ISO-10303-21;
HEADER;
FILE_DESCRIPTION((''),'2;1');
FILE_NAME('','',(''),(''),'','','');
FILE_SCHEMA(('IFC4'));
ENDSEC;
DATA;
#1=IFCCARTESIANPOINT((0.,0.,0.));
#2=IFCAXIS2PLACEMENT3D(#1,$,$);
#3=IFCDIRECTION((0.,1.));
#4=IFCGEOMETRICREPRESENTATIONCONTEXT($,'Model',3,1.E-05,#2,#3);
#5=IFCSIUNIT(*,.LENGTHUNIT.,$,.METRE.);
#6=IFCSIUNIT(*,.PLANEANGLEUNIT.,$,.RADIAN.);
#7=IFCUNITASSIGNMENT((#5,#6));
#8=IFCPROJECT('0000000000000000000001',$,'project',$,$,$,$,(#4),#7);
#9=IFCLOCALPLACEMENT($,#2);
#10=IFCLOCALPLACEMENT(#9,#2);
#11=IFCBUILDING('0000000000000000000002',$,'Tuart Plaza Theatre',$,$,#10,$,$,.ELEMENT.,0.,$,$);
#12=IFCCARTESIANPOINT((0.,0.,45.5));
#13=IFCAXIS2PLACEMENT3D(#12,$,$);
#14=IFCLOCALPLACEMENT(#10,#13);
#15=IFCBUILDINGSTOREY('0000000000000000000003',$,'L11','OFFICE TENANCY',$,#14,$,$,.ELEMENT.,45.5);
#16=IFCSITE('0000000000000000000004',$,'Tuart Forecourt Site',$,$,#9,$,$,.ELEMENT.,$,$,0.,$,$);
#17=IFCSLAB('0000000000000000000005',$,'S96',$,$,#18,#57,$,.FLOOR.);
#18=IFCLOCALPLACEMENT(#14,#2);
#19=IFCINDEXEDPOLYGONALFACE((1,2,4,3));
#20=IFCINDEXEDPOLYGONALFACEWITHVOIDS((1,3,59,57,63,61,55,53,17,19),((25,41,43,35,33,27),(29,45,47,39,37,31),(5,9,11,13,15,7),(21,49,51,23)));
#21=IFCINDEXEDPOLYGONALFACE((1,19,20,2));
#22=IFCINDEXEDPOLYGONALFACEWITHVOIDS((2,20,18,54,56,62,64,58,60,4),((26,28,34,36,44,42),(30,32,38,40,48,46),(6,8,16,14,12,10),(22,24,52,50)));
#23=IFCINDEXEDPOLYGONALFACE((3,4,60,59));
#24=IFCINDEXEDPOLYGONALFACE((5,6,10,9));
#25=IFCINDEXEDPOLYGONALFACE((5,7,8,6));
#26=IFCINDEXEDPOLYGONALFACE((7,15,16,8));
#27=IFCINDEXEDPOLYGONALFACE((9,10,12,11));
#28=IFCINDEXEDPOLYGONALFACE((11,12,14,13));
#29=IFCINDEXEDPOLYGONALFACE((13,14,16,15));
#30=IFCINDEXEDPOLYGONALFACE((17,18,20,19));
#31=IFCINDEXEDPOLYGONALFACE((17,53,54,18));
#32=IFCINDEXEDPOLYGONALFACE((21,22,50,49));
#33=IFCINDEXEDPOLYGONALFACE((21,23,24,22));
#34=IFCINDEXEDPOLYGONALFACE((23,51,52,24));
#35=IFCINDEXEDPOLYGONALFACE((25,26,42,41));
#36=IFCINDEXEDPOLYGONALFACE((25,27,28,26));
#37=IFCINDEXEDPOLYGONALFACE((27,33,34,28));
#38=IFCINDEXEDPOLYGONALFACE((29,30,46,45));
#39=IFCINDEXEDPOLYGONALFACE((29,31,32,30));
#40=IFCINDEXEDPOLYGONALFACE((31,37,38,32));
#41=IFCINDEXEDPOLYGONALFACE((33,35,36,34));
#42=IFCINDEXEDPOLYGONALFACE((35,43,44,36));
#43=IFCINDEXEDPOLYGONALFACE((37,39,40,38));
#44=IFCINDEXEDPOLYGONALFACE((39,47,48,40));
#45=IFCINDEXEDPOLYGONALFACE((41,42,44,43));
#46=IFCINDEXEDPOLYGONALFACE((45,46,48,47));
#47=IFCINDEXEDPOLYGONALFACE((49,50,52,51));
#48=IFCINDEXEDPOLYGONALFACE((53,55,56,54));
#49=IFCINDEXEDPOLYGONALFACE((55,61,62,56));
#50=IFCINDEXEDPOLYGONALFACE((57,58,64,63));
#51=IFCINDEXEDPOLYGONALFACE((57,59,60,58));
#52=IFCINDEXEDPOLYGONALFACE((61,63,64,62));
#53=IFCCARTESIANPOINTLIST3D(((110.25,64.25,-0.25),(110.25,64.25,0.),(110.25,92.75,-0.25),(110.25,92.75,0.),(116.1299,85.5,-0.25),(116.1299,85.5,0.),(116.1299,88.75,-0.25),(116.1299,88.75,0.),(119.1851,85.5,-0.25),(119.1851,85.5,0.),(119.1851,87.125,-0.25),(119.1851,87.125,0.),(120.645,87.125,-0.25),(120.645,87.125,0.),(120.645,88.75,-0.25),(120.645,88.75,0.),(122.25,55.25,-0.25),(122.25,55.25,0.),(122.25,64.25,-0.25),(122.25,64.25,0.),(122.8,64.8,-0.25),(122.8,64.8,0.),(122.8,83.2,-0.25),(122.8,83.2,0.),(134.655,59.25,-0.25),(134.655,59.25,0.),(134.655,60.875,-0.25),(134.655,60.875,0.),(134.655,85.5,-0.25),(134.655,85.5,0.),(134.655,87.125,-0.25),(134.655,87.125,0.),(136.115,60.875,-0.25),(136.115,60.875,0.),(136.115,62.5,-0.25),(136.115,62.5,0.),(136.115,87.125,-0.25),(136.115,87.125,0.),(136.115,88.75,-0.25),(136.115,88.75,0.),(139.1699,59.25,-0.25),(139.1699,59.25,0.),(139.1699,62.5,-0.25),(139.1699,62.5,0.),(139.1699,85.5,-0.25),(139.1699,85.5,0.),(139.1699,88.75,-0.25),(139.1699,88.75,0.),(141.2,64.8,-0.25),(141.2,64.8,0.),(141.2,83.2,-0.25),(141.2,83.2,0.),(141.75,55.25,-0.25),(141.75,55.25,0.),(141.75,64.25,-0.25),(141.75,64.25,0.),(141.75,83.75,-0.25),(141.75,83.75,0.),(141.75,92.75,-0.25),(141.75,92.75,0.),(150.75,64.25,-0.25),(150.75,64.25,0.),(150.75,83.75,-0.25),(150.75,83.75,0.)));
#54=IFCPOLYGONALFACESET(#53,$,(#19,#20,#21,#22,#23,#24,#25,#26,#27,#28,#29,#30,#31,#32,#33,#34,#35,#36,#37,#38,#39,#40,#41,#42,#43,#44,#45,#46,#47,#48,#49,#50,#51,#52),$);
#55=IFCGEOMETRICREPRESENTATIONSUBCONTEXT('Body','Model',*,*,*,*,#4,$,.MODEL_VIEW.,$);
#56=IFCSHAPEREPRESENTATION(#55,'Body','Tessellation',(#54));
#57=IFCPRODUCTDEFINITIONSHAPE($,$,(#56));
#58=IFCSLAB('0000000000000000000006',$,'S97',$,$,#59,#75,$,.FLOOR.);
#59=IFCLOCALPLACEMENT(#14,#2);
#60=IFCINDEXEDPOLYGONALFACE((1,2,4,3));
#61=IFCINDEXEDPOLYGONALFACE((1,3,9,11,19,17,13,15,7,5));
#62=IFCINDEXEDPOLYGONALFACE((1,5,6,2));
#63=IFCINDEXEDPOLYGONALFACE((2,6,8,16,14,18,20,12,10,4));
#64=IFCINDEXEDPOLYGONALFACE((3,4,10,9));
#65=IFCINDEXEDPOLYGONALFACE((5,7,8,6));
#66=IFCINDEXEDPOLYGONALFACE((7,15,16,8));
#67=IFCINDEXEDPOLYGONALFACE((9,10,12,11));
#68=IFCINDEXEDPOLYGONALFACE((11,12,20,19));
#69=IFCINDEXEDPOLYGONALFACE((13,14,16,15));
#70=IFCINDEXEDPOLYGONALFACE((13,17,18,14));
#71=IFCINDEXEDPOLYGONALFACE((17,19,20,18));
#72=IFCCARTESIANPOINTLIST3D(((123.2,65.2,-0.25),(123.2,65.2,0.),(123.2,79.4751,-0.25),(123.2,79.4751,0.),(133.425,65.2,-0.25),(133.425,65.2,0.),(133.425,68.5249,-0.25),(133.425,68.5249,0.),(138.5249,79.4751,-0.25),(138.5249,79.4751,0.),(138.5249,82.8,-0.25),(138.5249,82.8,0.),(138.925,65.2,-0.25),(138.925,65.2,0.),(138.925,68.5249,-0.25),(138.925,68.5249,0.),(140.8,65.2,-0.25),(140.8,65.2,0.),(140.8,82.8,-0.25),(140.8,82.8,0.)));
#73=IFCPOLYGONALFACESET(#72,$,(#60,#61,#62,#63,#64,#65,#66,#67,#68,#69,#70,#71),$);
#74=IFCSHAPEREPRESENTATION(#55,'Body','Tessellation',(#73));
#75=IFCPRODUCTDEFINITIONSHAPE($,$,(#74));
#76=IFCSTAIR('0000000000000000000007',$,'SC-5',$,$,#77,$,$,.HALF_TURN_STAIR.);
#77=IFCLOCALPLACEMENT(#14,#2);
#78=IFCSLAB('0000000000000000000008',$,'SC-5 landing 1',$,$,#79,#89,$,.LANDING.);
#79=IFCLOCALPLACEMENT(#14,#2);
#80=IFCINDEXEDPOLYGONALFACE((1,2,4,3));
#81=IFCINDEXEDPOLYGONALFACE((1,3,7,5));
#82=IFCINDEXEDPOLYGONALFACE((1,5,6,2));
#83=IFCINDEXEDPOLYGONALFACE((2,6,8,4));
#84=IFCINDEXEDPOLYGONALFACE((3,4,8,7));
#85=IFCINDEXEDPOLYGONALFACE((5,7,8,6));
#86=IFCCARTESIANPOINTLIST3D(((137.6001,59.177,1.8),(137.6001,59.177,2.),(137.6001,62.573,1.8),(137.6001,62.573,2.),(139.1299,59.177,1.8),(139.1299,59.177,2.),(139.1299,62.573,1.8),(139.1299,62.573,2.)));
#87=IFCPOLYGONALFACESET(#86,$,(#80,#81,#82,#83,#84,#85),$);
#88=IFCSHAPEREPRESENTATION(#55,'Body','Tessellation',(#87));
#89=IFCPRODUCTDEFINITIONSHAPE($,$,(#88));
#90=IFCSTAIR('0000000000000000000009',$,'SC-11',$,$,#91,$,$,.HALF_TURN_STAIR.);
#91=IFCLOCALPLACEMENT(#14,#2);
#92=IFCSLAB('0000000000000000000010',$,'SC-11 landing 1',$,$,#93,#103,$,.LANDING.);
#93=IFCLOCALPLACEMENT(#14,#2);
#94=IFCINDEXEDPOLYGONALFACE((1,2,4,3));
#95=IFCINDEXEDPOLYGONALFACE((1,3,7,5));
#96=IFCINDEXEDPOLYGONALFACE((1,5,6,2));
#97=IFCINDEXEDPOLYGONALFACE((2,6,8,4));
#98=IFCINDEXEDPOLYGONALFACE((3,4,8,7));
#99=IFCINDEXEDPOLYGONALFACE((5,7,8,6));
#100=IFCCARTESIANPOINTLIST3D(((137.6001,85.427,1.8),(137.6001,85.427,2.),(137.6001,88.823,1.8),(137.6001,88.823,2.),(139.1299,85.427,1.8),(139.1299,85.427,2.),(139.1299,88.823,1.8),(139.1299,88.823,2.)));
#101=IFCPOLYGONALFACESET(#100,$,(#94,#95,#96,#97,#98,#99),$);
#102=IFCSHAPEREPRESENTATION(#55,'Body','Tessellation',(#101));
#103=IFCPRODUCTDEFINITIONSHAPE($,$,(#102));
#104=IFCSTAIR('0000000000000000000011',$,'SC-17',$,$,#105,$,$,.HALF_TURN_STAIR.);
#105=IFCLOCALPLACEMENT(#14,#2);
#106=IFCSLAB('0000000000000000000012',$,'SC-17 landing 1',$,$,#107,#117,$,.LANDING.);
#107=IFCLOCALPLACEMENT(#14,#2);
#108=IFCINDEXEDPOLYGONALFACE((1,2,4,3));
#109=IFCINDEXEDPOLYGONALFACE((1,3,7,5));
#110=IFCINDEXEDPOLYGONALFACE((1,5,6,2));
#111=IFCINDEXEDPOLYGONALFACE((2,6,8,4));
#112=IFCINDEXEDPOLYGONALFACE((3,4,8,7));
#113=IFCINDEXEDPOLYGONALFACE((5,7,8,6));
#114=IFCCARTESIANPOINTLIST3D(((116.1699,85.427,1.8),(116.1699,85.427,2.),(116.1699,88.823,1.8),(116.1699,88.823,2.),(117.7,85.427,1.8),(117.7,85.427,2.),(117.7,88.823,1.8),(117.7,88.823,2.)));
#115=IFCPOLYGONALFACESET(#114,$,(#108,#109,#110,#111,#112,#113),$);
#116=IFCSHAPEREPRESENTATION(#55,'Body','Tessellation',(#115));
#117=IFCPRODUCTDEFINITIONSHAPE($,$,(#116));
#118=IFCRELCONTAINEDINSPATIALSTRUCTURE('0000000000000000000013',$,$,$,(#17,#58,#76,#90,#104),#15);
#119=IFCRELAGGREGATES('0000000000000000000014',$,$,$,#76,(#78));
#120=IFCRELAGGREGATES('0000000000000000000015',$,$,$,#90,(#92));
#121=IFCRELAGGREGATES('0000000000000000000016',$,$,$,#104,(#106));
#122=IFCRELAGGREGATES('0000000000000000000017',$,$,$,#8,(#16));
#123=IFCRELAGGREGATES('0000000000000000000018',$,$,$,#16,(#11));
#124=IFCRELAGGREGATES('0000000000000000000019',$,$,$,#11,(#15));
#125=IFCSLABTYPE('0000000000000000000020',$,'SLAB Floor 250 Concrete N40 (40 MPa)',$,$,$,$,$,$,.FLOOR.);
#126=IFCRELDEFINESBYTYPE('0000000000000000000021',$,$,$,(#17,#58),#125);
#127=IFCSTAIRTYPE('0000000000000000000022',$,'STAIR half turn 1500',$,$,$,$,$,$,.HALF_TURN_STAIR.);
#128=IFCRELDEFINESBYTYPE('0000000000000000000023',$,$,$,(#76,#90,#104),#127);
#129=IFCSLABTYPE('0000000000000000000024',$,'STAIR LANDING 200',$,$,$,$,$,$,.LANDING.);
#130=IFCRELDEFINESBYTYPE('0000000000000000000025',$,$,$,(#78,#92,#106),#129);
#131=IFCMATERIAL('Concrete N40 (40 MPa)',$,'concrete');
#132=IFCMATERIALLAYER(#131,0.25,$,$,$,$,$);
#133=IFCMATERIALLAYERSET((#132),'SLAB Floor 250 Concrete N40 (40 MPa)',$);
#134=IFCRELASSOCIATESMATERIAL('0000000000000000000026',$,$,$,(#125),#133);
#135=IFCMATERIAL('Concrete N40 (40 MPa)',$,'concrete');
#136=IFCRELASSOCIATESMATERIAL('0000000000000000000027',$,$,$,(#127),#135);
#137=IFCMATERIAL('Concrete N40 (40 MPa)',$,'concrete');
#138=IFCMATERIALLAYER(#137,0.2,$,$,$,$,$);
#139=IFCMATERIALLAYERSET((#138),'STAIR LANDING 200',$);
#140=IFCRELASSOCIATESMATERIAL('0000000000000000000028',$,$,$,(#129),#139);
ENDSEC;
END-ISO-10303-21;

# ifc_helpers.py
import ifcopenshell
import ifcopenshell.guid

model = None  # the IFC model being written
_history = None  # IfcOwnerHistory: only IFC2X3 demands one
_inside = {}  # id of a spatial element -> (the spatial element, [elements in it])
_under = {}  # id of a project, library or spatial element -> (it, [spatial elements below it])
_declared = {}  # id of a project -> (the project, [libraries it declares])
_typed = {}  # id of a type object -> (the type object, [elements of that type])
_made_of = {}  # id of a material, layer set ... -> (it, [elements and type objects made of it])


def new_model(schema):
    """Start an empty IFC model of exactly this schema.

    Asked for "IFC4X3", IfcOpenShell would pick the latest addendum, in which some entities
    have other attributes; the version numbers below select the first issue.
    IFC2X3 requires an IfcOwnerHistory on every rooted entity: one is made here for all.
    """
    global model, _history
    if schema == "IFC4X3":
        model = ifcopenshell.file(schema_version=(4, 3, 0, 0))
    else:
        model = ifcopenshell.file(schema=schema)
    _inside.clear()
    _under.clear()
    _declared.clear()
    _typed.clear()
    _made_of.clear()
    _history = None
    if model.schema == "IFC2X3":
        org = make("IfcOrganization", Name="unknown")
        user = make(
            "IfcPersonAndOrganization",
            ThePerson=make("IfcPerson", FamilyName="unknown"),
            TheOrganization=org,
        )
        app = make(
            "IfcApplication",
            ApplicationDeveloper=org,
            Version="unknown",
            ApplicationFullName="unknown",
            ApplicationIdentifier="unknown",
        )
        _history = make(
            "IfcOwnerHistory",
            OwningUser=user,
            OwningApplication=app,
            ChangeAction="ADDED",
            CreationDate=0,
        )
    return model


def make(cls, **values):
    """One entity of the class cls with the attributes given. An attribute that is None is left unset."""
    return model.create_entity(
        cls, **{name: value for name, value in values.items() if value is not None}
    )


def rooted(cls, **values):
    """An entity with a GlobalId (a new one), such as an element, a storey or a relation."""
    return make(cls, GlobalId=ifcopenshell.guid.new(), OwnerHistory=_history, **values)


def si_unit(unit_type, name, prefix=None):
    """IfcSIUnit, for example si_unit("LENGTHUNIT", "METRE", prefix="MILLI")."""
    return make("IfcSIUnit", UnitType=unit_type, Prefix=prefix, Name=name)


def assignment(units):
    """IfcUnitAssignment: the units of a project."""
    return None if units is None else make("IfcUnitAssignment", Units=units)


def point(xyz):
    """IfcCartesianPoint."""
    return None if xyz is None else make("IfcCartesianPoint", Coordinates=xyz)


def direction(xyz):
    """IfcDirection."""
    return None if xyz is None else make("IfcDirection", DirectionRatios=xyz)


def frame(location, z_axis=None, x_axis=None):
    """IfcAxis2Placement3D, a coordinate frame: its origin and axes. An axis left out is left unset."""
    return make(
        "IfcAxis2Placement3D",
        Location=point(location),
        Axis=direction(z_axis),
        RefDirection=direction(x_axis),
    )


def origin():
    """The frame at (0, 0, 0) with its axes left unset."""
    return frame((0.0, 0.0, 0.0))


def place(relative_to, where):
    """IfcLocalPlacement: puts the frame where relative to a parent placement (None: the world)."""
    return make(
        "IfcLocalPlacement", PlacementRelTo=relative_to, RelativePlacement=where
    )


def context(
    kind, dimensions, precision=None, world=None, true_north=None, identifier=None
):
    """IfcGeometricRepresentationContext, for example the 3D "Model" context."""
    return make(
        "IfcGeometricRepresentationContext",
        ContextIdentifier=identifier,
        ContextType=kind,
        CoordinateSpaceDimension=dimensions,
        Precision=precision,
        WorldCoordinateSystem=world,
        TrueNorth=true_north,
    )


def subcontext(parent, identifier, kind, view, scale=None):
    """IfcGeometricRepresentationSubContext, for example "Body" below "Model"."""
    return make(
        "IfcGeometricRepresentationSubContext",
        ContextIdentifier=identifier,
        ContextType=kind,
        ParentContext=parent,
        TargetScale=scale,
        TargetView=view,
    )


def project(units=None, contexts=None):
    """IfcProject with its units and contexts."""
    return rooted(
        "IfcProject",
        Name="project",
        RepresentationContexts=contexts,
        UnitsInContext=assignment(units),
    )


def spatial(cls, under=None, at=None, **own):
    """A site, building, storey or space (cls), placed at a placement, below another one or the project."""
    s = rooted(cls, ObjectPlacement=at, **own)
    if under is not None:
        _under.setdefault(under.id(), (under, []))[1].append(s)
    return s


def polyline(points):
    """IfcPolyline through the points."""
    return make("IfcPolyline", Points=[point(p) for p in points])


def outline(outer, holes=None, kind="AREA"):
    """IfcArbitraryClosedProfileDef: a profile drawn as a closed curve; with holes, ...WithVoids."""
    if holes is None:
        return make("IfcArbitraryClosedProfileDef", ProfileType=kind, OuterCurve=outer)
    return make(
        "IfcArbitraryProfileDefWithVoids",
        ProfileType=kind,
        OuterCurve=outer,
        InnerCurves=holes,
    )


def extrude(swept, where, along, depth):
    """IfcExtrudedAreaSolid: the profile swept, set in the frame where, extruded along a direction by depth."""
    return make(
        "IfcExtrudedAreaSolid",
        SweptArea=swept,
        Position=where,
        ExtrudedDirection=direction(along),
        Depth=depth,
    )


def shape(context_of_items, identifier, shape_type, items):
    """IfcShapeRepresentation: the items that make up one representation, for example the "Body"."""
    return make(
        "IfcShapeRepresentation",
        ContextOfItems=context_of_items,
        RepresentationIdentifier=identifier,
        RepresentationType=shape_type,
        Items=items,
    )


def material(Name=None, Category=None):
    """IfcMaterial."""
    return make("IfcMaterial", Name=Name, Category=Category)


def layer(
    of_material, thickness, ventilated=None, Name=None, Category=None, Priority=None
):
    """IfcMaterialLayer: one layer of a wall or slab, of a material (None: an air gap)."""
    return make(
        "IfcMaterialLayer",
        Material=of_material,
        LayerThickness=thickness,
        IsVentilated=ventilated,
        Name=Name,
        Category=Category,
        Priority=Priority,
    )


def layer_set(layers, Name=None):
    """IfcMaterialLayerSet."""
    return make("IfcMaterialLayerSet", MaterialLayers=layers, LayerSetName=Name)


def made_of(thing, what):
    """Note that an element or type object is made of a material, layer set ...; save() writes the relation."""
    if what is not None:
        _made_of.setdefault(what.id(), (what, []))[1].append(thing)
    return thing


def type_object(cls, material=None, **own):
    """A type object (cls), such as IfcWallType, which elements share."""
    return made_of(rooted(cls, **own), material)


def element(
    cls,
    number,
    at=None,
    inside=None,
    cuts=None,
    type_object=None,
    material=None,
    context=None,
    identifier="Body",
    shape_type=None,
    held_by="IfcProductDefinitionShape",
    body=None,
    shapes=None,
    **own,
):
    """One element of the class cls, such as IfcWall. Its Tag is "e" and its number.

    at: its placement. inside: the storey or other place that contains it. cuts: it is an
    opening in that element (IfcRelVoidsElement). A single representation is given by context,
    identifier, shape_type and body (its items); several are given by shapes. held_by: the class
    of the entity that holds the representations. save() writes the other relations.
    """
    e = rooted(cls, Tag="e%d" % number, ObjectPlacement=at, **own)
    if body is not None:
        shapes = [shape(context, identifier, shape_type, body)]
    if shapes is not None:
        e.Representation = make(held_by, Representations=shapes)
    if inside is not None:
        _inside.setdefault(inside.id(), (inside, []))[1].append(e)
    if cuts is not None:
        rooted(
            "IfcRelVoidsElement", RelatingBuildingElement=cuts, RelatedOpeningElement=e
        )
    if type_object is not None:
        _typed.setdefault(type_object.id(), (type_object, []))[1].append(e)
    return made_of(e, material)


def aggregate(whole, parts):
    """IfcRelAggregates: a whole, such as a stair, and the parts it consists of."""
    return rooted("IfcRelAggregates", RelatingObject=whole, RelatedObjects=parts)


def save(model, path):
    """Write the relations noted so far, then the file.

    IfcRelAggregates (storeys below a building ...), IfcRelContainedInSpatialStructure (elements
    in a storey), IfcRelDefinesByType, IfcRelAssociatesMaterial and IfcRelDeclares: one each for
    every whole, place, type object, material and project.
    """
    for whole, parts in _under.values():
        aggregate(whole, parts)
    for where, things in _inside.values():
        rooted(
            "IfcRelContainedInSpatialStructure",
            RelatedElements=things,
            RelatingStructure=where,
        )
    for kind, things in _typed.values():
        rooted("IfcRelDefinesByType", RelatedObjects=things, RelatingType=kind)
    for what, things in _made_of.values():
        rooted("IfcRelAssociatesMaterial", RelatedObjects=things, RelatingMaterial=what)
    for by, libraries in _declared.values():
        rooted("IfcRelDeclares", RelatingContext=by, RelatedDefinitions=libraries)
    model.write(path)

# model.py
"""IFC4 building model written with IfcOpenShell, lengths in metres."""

from ifc_helpers import new_model, si_unit, direction, frame, origin, place, context, subcontext, project, spatial, polyline, outline, extrude, material, layer, layer_set, type_object, element, aggregate, save


model = new_model("IFC4")

# Units and contexts
model_context = context("Model", 3, precision=1e-05, world=origin(), true_north=direction((0.0, 1.0)))
body_context = subcontext(model_context, "Body", "Model", "MODEL_VIEW")
ifc_project = project(units=[si_unit("LENGTHUNIT", "METRE"), si_unit("PLANEANGLEUNIT", "RADIAN")], contexts=[model_context])

# Site, building, storey
site_placement = place(None, origin())
site = spatial("IfcSite", under=ifc_project, at=site_placement, Name="Tuart Forecourt Site", CompositionType="ELEMENT", RefElevation=0.0)
building_placement = place(site_placement, origin())
building = spatial("IfcBuilding", under=site, at=building_placement, Name="Tuart Plaza Theatre", CompositionType="ELEMENT", ElevationOfRefHeight=0.0)
storey_placement = place(building_placement, frame((0.0, 0.0, 45.5)))
storey = spatial("IfcBuildingStorey", under=building, at=storey_placement, Name="L11", Description="OFFICE TENANCY", CompositionType="ELEMENT", Elevation=45.5)

# Slabs
ifc_material_1 = material(Name="Concrete N40 (40 MPa)", Category="concrete")
ifc_layer_1 = layer(ifc_material_1, 0.25)
ifc_layer_set_1 = layer_set([ifc_layer_1], Name="SLAB Floor 250 Concrete N40 (40 MPa)")
slab_type_1 = type_object("IfcSlabType", Name="SLAB Floor 250 Concrete N40 (40 MPa)", PredefinedType="FLOOR", material=ifc_layer_set_1)
slab_1_placement = place(storey_placement, frame((0.0, 0.0, -0.25)))
element("IfcSlab", 1, at=slab_1_placement, inside=storey, type_object=slab_type_1, Name="S96", PredefinedType="FLOOR", context=body_context, shape_type="SweptSolid", body=[
    extrude(outline(polyline([(141.75, 92.75), (110.25, 92.75), (110.25, 64.25), (122.25, 64.25), (122.25, 55.25), (141.75, 55.25), (141.75, 64.25), (150.75, 64.25), (150.75, 83.75), (141.75, 83.75), (141.75, 92.75)]), holes=[polyline([(141.2, 64.8), (141.2, 83.2), (122.8, 83.2), (122.8, 64.8), (141.2, 64.8)]), polyline([(136.115, 62.5), (136.115, 60.875), (134.655, 60.875), (134.655, 59.25), (139.1699, 59.25), (139.1699, 62.5), (136.115, 62.5)]), polyline([(139.1699, 88.75), (136.115, 88.75), (136.115, 87.125), (134.655, 87.125), (134.655, 85.5), (139.1699, 85.5), (139.1699, 88.75)]), polyline([(116.1299, 88.75), (116.1299, 85.5), (119.1851, 85.5), (119.1851, 87.125), (120.645, 87.125), (120.645, 88.75), (116.1299, 88.75)])]), origin(), (0.0, 0.0, 1.0), 0.25),
])
slab_2_placement = place(storey_placement, frame((0.0, 0.0, -0.25)))
element("IfcSlab", 2, at=slab_2_placement, inside=storey, type_object=slab_type_1, Name="S97", PredefinedType="FLOOR", context=body_context, shape_type="SweptSolid", body=[
    extrude(outline(polyline([(123.2, 65.2), (133.425, 65.2), (133.425, 68.5249), (138.925, 68.5249), (138.925, 65.2), (140.8, 65.2), (140.8, 82.8), (138.5249, 82.8), (138.5249, 79.4751), (123.2, 79.4751), (123.2, 65.2)])), origin(), (0.0, 0.0, 1.0), 0.25),
])

# Stairs, slabs
ifc_material_2 = material(Name="Concrete N40 (40 MPa)", Category="concrete")
stair_type = type_object("IfcStairType", Name="STAIR half turn 1500", PredefinedType="HALF_TURN_STAIR", material=ifc_material_2)
stair_1_placement = place(storey_placement, origin())
stair_1 = element("IfcStair", 3, at=stair_1_placement, inside=storey, type_object=stair_type, Name="SC-5", PredefinedType="HALF_TURN_STAIR")
ifc_material_3 = material(Name="Concrete N40 (40 MPa)", Category="concrete")
ifc_layer_2 = layer(ifc_material_3, 0.2)
ifc_layer_set_2 = layer_set([ifc_layer_2], Name="STAIR LANDING 200")
slab_type_2 = type_object("IfcSlabType", Name="STAIR LANDING 200", PredefinedType="LANDING", material=ifc_layer_set_2)
slab_3_placement = place(storey_placement, frame((0.0, 0.0, 1.8)))
slab_3 = element("IfcSlab", 4, at=slab_3_placement, type_object=slab_type_2, Name="SC-5 landing 1", PredefinedType="LANDING", context=body_context, shape_type="SweptSolid", body=[
    extrude(outline(polyline([(137.6001, 59.177), (139.1299, 59.177), (139.1299, 62.573), (137.6001, 62.573), (137.6001, 59.177)])), origin(), (0.0, 0.0, 1.0), 0.2),
])
aggregate(stair_1, [slab_3])
stair_2_placement = place(storey_placement, origin())
stair_2 = element("IfcStair", 5, at=stair_2_placement, inside=storey, type_object=stair_type, Name="SC-11", PredefinedType="HALF_TURN_STAIR")
slab_4_placement = place(storey_placement, frame((0.0, 0.0, 1.8)))
slab_4 = element("IfcSlab", 6, at=slab_4_placement, type_object=slab_type_2, Name="SC-11 landing 1", PredefinedType="LANDING", context=body_context, shape_type="SweptSolid", body=[
    extrude(outline(polyline([(137.6001, 85.427), (139.1299, 85.427), (139.1299, 88.823), (137.6001, 88.823), (137.6001, 85.427)])), origin(), (0.0, 0.0, 1.0), 0.2),
])
aggregate(stair_2, [slab_4])
stair_3_placement = place(storey_placement, origin())
stair_3 = element("IfcStair", 7, at=stair_3_placement, inside=storey, type_object=stair_type, Name="SC-17", PredefinedType="HALF_TURN_STAIR")
slab_5_placement = place(storey_placement, frame((0.0, 0.0, 1.8)))
slab_5 = element("IfcSlab", 8, at=slab_5_placement, type_object=slab_type_2, Name="SC-17 landing 1", PredefinedType="LANDING", context=body_context, shape_type="SweptSolid", body=[
    extrude(outline(polyline([(117.7, 88.823), (116.1699, 88.823), (116.1699, 85.427), (117.7, 85.427), (117.7, 88.823)])), origin(), (0.0, 0.0, 1.0), 0.2),
])
aggregate(stair_3, [slab_5])

save(model, "model.ifc")
